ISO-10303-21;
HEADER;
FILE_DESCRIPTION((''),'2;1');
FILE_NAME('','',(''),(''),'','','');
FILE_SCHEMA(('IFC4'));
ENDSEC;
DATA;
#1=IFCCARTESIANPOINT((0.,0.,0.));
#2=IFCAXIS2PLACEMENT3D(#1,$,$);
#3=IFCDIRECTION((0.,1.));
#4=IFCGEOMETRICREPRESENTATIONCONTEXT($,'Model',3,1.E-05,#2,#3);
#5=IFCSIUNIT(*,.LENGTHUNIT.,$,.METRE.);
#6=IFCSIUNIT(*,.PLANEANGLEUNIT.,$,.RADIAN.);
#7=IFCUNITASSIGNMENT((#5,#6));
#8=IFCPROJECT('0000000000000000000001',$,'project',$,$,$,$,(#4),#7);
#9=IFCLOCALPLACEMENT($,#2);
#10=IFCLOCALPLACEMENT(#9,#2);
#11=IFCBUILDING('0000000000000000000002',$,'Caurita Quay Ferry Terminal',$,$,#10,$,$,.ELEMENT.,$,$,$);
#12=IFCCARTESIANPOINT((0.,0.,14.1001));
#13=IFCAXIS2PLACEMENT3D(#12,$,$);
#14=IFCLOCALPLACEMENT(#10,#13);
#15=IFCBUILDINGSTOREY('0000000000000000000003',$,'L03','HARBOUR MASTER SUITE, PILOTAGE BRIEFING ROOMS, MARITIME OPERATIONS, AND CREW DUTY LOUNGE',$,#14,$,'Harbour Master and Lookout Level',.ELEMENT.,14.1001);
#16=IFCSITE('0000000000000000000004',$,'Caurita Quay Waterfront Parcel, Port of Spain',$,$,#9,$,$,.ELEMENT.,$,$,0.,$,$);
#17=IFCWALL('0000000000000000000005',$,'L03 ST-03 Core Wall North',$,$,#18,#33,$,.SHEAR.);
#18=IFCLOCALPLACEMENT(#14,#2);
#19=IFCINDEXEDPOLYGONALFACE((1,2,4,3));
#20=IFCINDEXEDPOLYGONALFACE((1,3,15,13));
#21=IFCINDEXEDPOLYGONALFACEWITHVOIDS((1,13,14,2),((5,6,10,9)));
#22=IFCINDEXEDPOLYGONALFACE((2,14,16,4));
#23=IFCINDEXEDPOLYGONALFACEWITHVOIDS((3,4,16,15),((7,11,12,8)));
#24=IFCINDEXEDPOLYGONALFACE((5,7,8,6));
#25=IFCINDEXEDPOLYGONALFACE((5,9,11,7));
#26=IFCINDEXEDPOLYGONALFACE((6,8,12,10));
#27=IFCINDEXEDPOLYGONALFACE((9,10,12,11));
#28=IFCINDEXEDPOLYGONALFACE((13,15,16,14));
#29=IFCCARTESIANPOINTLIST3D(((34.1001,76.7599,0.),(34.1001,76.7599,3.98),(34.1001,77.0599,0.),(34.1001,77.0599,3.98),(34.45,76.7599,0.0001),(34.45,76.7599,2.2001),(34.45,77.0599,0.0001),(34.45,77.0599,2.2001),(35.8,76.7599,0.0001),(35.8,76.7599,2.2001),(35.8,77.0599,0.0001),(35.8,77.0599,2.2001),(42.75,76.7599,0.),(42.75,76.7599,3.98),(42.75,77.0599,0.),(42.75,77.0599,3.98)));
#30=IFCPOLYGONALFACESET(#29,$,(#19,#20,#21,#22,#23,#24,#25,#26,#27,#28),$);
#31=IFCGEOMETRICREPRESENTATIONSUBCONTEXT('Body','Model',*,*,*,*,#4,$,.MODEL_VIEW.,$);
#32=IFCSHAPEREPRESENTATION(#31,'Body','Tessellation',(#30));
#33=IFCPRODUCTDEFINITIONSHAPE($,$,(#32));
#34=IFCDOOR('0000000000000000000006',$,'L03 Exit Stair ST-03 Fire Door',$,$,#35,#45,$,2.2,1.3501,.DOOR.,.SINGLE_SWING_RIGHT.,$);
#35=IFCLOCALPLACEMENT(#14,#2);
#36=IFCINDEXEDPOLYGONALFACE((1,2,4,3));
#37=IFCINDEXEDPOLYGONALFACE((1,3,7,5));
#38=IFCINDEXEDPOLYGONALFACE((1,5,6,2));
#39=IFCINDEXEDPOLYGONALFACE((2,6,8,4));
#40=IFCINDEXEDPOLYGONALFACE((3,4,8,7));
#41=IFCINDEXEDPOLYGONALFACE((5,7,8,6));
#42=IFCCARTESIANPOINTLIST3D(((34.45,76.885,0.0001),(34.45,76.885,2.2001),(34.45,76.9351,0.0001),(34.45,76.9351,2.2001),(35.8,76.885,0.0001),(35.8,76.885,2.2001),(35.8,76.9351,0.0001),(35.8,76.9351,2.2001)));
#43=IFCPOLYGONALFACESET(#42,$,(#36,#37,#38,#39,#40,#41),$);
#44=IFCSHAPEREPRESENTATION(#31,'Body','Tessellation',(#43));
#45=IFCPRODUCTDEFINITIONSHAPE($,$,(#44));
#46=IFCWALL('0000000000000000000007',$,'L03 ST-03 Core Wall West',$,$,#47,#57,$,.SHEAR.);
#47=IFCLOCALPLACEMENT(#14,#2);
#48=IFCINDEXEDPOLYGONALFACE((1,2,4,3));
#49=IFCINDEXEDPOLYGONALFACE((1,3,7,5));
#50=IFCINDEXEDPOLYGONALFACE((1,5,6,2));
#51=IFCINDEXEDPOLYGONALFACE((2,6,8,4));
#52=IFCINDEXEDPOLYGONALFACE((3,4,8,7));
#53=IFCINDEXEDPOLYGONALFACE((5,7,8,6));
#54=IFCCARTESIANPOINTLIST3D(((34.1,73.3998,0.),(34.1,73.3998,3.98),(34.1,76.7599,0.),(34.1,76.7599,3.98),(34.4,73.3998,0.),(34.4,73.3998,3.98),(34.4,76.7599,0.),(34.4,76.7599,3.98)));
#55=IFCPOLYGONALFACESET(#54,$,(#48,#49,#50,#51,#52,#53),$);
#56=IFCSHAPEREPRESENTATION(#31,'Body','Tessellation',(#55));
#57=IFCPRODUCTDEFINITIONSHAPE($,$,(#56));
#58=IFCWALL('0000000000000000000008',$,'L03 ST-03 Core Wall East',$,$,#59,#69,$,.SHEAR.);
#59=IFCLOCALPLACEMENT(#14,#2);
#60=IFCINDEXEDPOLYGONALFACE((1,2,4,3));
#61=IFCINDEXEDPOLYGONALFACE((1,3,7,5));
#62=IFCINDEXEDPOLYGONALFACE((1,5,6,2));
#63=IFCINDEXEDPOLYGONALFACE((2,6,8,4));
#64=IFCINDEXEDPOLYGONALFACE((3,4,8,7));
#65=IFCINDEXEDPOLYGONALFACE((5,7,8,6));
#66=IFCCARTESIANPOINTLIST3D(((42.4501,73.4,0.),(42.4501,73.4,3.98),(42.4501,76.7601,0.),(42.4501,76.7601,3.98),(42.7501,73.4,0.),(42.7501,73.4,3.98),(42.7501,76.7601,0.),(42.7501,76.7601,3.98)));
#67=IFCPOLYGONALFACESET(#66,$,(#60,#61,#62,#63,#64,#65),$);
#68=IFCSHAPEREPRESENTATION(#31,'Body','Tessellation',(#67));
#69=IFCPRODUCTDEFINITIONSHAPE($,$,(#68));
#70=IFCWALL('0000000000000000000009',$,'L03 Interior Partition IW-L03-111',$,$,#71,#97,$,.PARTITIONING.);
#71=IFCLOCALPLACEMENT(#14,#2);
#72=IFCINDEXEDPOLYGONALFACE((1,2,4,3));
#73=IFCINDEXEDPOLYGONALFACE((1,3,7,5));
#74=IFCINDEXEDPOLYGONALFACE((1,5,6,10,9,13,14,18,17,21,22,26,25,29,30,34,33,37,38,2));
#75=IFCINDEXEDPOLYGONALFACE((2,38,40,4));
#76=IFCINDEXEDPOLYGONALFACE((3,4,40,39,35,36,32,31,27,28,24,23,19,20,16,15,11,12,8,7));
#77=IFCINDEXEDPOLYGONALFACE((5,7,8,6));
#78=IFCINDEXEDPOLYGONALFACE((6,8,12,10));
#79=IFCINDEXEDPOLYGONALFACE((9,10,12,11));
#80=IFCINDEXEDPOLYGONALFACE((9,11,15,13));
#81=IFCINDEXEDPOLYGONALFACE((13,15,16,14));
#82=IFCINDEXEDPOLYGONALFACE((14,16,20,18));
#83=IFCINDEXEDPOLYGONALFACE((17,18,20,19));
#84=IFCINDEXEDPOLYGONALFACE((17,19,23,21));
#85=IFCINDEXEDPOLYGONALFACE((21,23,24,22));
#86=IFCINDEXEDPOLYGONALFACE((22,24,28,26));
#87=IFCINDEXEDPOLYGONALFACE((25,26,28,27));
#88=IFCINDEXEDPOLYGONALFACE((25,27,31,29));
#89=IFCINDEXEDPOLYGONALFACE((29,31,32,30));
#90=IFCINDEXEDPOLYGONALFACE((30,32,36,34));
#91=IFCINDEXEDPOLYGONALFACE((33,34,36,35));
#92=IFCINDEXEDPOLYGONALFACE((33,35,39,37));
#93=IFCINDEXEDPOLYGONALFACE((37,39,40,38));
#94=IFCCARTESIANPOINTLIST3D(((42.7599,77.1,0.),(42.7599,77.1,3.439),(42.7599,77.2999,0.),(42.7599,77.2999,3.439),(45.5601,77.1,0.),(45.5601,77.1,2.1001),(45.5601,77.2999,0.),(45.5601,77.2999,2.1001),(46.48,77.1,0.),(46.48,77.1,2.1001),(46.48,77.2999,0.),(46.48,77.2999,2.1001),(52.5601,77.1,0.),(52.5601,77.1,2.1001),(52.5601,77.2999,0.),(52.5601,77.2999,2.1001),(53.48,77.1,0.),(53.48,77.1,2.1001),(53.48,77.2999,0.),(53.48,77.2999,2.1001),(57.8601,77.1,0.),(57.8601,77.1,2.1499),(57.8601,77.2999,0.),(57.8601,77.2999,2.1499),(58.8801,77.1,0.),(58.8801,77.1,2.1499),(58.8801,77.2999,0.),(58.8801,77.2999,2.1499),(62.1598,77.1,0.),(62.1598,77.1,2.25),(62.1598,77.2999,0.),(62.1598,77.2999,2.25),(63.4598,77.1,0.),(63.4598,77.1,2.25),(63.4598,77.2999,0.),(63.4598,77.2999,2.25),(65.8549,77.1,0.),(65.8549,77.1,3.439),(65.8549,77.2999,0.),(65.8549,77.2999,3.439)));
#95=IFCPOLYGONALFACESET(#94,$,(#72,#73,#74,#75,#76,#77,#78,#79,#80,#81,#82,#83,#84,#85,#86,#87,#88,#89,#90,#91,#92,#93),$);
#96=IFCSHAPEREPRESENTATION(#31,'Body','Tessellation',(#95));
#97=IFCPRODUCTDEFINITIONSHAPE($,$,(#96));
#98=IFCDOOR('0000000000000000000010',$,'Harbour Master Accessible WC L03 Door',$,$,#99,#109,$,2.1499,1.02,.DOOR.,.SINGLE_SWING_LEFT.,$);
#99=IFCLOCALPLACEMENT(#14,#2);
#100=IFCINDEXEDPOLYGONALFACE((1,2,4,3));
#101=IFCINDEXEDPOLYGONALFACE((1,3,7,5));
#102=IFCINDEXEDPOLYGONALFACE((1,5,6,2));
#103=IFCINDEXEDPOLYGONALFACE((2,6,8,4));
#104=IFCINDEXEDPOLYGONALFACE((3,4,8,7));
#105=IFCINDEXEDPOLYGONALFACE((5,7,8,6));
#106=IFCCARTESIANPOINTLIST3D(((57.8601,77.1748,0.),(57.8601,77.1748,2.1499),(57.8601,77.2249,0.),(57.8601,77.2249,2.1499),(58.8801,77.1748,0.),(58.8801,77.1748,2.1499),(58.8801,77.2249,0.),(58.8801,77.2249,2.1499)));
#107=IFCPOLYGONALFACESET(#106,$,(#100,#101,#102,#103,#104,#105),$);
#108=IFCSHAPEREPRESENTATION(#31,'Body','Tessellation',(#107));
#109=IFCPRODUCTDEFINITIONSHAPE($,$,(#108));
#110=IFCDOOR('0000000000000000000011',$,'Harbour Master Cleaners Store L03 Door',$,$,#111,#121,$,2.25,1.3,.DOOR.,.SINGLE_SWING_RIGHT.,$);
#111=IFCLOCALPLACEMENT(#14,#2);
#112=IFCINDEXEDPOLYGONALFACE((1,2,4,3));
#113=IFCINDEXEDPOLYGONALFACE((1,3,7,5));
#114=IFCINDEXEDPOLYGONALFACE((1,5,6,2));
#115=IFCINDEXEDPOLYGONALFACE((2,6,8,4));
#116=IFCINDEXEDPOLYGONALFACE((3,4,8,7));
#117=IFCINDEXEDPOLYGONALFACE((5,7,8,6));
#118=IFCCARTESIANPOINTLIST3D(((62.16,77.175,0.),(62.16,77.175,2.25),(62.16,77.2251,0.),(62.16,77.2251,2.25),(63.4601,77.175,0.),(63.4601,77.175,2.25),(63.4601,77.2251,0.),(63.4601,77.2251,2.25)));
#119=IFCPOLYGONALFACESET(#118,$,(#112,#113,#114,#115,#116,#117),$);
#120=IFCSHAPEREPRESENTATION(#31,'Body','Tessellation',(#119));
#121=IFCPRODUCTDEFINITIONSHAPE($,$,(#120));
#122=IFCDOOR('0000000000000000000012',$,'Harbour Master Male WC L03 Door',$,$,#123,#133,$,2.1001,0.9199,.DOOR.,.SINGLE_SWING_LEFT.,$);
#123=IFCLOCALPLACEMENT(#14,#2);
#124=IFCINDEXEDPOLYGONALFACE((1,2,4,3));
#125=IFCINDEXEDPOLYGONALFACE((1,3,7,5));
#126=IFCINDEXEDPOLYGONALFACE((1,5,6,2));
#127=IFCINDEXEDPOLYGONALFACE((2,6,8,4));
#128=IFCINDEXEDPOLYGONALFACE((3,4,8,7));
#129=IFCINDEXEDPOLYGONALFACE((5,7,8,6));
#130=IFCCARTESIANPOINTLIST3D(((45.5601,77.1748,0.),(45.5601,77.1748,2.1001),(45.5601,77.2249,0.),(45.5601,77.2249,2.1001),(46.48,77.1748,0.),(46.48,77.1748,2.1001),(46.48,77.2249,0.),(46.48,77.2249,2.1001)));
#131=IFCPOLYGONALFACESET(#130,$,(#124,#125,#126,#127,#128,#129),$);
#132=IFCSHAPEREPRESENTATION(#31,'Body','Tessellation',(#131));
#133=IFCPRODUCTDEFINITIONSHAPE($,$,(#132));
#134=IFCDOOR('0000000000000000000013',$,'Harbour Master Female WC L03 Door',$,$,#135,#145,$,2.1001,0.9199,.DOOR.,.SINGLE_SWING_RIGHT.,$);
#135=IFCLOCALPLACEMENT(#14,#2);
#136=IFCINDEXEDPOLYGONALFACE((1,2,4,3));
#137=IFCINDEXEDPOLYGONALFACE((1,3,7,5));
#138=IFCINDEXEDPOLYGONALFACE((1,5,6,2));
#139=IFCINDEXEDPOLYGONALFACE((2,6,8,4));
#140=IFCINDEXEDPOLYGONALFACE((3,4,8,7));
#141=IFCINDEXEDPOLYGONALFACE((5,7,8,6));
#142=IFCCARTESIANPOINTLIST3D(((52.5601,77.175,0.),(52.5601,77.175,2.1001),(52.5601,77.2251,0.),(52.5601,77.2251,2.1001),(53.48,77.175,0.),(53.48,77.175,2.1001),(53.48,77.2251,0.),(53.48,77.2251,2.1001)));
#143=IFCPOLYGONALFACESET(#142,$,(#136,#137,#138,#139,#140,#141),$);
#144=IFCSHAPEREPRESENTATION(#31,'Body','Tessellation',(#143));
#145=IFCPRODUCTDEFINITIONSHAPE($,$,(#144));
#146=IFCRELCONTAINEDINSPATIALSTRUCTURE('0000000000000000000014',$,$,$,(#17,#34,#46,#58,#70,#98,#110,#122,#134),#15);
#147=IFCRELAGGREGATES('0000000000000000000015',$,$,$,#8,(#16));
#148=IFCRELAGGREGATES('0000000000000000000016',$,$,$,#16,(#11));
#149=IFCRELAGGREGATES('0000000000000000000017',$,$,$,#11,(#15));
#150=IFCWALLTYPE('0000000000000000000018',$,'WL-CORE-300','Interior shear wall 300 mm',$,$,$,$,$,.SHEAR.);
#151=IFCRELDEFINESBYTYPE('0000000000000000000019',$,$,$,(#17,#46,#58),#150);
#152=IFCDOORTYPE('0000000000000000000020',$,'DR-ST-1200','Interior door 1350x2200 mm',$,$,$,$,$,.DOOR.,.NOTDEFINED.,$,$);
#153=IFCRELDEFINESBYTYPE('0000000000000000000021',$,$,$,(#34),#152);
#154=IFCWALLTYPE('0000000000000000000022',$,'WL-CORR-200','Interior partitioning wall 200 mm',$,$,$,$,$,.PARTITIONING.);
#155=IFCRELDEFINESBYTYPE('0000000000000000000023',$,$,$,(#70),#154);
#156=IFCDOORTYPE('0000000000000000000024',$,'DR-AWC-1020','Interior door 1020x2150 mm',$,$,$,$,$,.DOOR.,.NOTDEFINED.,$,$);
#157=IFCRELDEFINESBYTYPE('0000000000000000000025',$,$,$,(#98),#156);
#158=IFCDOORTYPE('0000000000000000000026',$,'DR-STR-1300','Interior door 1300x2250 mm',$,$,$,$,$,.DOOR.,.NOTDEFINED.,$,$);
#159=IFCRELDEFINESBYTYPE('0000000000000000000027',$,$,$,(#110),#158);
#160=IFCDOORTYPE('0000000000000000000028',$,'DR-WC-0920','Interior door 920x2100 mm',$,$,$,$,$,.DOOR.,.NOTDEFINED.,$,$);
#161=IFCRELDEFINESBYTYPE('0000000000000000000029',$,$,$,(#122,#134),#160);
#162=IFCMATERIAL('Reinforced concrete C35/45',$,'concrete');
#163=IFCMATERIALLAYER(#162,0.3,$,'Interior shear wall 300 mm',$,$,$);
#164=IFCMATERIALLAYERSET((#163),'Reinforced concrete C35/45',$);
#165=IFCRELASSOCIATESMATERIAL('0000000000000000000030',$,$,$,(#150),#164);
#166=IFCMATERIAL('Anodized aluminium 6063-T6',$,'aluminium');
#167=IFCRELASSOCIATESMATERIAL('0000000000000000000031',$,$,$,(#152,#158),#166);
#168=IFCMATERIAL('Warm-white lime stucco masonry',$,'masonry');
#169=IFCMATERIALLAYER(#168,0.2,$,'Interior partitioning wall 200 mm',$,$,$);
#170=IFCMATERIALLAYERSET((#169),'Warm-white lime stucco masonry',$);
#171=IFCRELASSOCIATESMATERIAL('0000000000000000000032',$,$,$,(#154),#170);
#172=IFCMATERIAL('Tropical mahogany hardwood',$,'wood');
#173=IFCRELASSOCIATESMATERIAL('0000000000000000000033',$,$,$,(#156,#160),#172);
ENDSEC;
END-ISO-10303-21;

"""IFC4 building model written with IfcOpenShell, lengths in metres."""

from ifc_helpers import new_model, si_unit, direction, frame, frame_2d, origin, place, context, subcontext, project, spatial, rectangle, extrude, material, layer, layer_set, type_object, element, fill, save


model = new_model("IFC4")

# Units and contexts
model_context = context("Model", 3, precision=1e-05, world=origin(), true_north=direction((0.0, 1.0)))
body_context = subcontext(model_context, "Body", "Model", "MODEL_VIEW")
ifc_project = project(units=[si_unit("LENGTHUNIT", "METRE"), si_unit("PLANEANGLEUNIT", "RADIAN")], contexts=[model_context])

# Site, building, storey
site_placement = place(None, origin())
site = spatial("IfcSite", under=ifc_project, at=site_placement, Name="Caurita Quay Waterfront Parcel, Port of Spain", CompositionType="ELEMENT", RefElevation=0.0)
building_placement = place(site_placement, origin())
building = spatial("IfcBuilding", under=site, at=building_placement, Name="Caurita Quay Ferry Terminal", CompositionType="ELEMENT")
storey_placement = place(building_placement, frame((0.0, 0.0, 14.1001)))
storey = spatial("IfcBuildingStorey", under=building, at=storey_placement, Name="L03", Description="HARBOUR MASTER SUITE, PILOTAGE BRIEFING ROOMS, MARITIME OPERATIONS, AND CREW DUTY LOUNGE", LongName="Harbour Master and Lookout Level", CompositionType="ELEMENT", Elevation=14.1001)

# Shared definitions
ifc_material_1 = material(Name="Reinforced concrete C35/45", Category="concrete")

# Shared definitions
ifc_layer_1 = layer(ifc_material_1, 0.3, Name="Interior shear wall 300 mm")
ifc_layer_set_1 = layer_set([ifc_layer_1], Name="Reinforced concrete C35/45")
wall_type_1 = type_object("IfcWallType", Name="WL-CORE-300", Description="Interior shear wall 300 mm", PredefinedType="SHEAR", material=ifc_layer_set_1)

# Wall, opening, door
wall_1_placement = place(storey_placement, frame((42.75, 76.9099, 0.0), z_axis=(0.0, 0.0, 1.0), x_axis=(-1.0, 0.0, 0.0)))
wall_1 = element("IfcWall", 1, at=wall_1_placement, inside=storey, type_object=wall_type_1, Name="L03 ST-03 Core Wall North", PredefinedType="SHEAR", context=body_context, shape_type="SweptSolid", body=[
    extrude(rectangle(XDim=8.6499, YDim=0.3, at=frame_2d((4.325, 0.0))), origin(), (0.0, 0.0, 1.0), 3.98),
])
opening_1_placement = place(wall_1_placement, frame((6.95, 0.0, 0.0)))
opening_1 = element("IfcOpeningElement", 2, at=opening_1_placement, cuts=wall_1, PredefinedType="OPENING", context=body_context, shape_type="SweptSolid", body=[
    extrude(rectangle(XDim=1.3501, YDim=2.2, at=frame_2d((0.675, 1.1001))), frame((0.0, 0.1599, 0.0), z_axis=(0.0, -1.0, 0.0), x_axis=(1.0, 0.0, 0.0)), (0.0, 0.0, 1.0), 0.3201),
])
ifc_material_2 = material(Name="Anodized aluminium 6063-T6", Category="aluminium")
door_type_1 = type_object("IfcDoorType", Name="DR-ST-1200", Description="Interior door 1350x2200 mm", OperationType="NOTDEFINED", PredefinedType="DOOR", material=ifc_material_2)
door_1_placement = place(opening_1_placement, origin())
door_1 = element("IfcDoor", 3, at=door_1_placement, inside=storey, type_object=door_type_1, Name="L03 Exit Stair ST-03 Fire Door", OperationType="SINGLE_SWING_RIGHT", OverallHeight=2.2, OverallWidth=1.3501, PredefinedType="DOOR", context=body_context, shape_type="SweptSolid", body=[
    extrude(rectangle(XDim=1.3501, YDim=2.2, at=frame_2d((0.675, 1.1001))), frame((0.0, 0.0249, 0.0), z_axis=(0.0, -1.0, 0.0), x_axis=(1.0, 0.0, 0.0)), (0.0, 0.0, 1.0), 0.05),
])
fill(opening_1, door_1)

# Walls
for number, where, z_axis, x_axis, name in (
    (4, (34.25, 76.76, 0.0), (0.0, 0.0, 1.0), (0.0, -1.0, 0.0), "L03 ST-03 Core Wall West"),
    (5, (42.6001, 73.3999, 0.0), (0.0, 0.0, 1.0), (0.0, 1.0, 0.0), "L03 ST-03 Core Wall East"),
):
    element("IfcWall", number, at=place(storey_placement, frame(where, z_axis=z_axis, x_axis=x_axis)), inside=storey, type_object=wall_type_1, Name=name, PredefinedType="SHEAR", context=body_context, shape_type="SweptSolid", body=[
        extrude(rectangle(XDim=3.3601, YDim=0.3, at=frame_2d((1.6802, 0.0))), origin(), (0.0, 0.0, 1.0), 3.98),
    ])

# Wall, openings, doors
ifc_material_3 = material(Name="Warm-white lime stucco masonry", Category="masonry")
ifc_layer_2 = layer(ifc_material_3, 0.2, Name="Interior partitioning wall 200 mm")
ifc_layer_set_2 = layer_set([ifc_layer_2], Name="Warm-white lime stucco masonry")
wall_type_2 = type_object("IfcWallType", Name="WL-CORR-200", Description="Interior partitioning wall 200 mm", PredefinedType="PARTITIONING", material=ifc_layer_set_2)
wall_2_placement = place(storey_placement, frame((42.76, 77.2, 0.0), z_axis=(0.0, 0.0, 1.0), x_axis=(1.0, 0.0, 0.0)))
wall_2 = element("IfcWall", 6, at=wall_2_placement, inside=storey, type_object=wall_type_2, Name="L03 Interior Partition IW-L03-111", PredefinedType="PARTITIONING", context=body_context, shape_type="SweptSolid", body=[
    extrude(rectangle(XDim=23.095, YDim=0.2, at=frame_2d((11.5474, 0.0))), origin(), (0.0, 0.0, 1.0), 3.439),
])
opening_2_placement = place(wall_2_placement, frame((2.8, 0.0, 0.0)))
opening_2 = element("IfcOpeningElement", 7, at=opening_2_placement, cuts=wall_2, PredefinedType="OPENING", context=body_context, shape_type="SweptSolid", body=[
    extrude(rectangle(XDim=0.9199, YDim=2.1001, at=frame_2d((0.46, 1.05))), frame((0.0, 0.1099, 0.0), z_axis=(0.0, -1.0, 0.0), x_axis=(1.0, 0.0, 0.0)), (0.0, 0.0, 1.0), 0.22),
])
opening_3_placement = place(wall_2_placement, frame((9.8, 0.0, 0.0)))
opening_3 = element("IfcOpeningElement", 8, at=opening_3_placement, cuts=wall_2, PredefinedType="OPENING", context=body_context, shape_type="SweptSolid", body=[
    extrude(rectangle(XDim=0.9199, YDim=2.1001, at=frame_2d((0.46, 1.05))), frame((0.0, 0.1099, 0.0), z_axis=(0.0, -1.0, 0.0), x_axis=(1.0, 0.0, 0.0)), (0.0, 0.0, 1.0), 0.22),
])
opening_4_placement = place(wall_2_placement, frame((15.1001, 0.0, 0.0)))
opening_4 = element("IfcOpeningElement", 9, at=opening_4_placement, cuts=wall_2, PredefinedType="OPENING", context=body_context, shape_type="SweptSolid", body=[
    extrude(rectangle(XDim=1.02, YDim=2.1499, at=frame_2d((0.51, 1.075))), frame((0.0, 0.1099, 0.0), z_axis=(0.0, -1.0, 0.0), x_axis=(1.0, 0.0, 0.0)), (0.0, 0.0, 1.0), 0.22),
])
opening_5_placement = place(wall_2_placement, frame((19.3999, 0.0, 0.0)))
opening_5 = element("IfcOpeningElement", 10, at=opening_5_placement, cuts=wall_2, PredefinedType="OPENING", context=body_context, shape_type="SweptSolid", body=[
    extrude(rectangle(XDim=1.3, YDim=2.25, at=frame_2d((0.6499, 1.125))), frame((0.0, 0.1099, 0.0), z_axis=(0.0, -1.0, 0.0), x_axis=(1.0, 0.0, 0.0)), (0.0, 0.0, 1.0), 0.22),
])
ifc_material_4 = material(Name="Tropical mahogany hardwood", Category="wood")
door_type_2 = type_object("IfcDoorType", Name="DR-AWC-1020", Description="Interior door 1020x2150 mm", OperationType="NOTDEFINED", PredefinedType="DOOR", material=ifc_material_4)
door_2_placement = place(opening_4_placement, origin())
door_2 = element("IfcDoor", 11, at=door_2_placement, inside=storey, type_object=door_type_2, Name="Harbour Master Accessible WC L03 Door", OperationType="SINGLE_SWING_LEFT", OverallHeight=2.1499, OverallWidth=1.02, PredefinedType="DOOR", context=body_context, shape_type="SweptSolid", body=[
    extrude(rectangle(XDim=1.02, YDim=2.1499, at=frame_2d((0.51, 1.075))), frame((0.0, 0.0249, 0.0), z_axis=(0.0, -1.0, 0.0), x_axis=(1.0, 0.0, 0.0)), (0.0, 0.0, 1.0), 0.05),
])
fill(opening_4, door_2)
door_type_3 = type_object("IfcDoorType", Name="DR-STR-1300", Description="Interior door 1300x2250 mm", OperationType="NOTDEFINED", PredefinedType="DOOR", material=ifc_material_2)
door_3_placement = place(opening_5_placement, frame((1.3, 0.0, 0.0), z_axis=(0.0, 0.0, 1.0), x_axis=(-1.0, 0.0, 0.0)))
door_3 = element("IfcDoor", 12, at=door_3_placement, inside=storey, type_object=door_type_3, Name="Harbour Master Cleaners Store L03 Door", OperationType="SINGLE_SWING_RIGHT", OverallHeight=2.25, OverallWidth=1.3, PredefinedType="DOOR", context=body_context, shape_type="SweptSolid", body=[
    extrude(rectangle(XDim=1.3, YDim=2.25, at=frame_2d((0.6499, 1.125))), frame((0.0, 0.0249, 0.0), z_axis=(0.0, -1.0, 0.0), x_axis=(1.0, 0.0, 0.0)), (0.0, 0.0, 1.0), 0.05),
])
fill(opening_5, door_3)
door_type_4 = type_object("IfcDoorType", Name="DR-WC-0920", Description="Interior door 920x2100 mm", OperationType="NOTDEFINED", PredefinedType="DOOR", material=ifc_material_4)
door_4_placement = place(opening_2_placement, origin())
door_4 = element("IfcDoor", 13, at=door_4_placement, inside=storey, type_object=door_type_4, Name="Harbour Master Male WC L03 Door", OperationType="SINGLE_SWING_LEFT", OverallHeight=2.1001, OverallWidth=0.9199, PredefinedType="DOOR", context=body_context, shape_type="SweptSolid", body=[
    extrude(rectangle(XDim=0.9199, YDim=2.1001, at=frame_2d((0.46, 1.05))), frame((0.0, 0.0249, 0.0), z_axis=(0.0, -1.0, 0.0), x_axis=(1.0, 0.0, 0.0)), (0.0, 0.0, 1.0), 0.05),
])
fill(opening_2, door_4)
door_5_placement = place(opening_3_placement, frame((0.9199, 0.0, 0.0), z_axis=(0.0, 0.0, 1.0), x_axis=(-1.0, 0.0, 0.0)))
door_5 = element("IfcDoor", 14, at=door_5_placement, inside=storey, type_object=door_type_4, Name="Harbour Master Female WC L03 Door", OperationType="SINGLE_SWING_RIGHT", OverallHeight=2.1001, OverallWidth=0.9199, PredefinedType="DOOR", context=body_context, shape_type="SweptSolid", body=[
    extrude(rectangle(XDim=0.9199, YDim=2.1001, at=frame_2d((0.46, 1.05))), frame((0.0, 0.0249, 0.0), z_axis=(0.0, -1.0, 0.0), x_axis=(1.0, 0.0, 0.0)), (0.0, 0.0, 1.0), 0.05),
])
fill(opening_3, door_5)

save(model, "model.ifc")
